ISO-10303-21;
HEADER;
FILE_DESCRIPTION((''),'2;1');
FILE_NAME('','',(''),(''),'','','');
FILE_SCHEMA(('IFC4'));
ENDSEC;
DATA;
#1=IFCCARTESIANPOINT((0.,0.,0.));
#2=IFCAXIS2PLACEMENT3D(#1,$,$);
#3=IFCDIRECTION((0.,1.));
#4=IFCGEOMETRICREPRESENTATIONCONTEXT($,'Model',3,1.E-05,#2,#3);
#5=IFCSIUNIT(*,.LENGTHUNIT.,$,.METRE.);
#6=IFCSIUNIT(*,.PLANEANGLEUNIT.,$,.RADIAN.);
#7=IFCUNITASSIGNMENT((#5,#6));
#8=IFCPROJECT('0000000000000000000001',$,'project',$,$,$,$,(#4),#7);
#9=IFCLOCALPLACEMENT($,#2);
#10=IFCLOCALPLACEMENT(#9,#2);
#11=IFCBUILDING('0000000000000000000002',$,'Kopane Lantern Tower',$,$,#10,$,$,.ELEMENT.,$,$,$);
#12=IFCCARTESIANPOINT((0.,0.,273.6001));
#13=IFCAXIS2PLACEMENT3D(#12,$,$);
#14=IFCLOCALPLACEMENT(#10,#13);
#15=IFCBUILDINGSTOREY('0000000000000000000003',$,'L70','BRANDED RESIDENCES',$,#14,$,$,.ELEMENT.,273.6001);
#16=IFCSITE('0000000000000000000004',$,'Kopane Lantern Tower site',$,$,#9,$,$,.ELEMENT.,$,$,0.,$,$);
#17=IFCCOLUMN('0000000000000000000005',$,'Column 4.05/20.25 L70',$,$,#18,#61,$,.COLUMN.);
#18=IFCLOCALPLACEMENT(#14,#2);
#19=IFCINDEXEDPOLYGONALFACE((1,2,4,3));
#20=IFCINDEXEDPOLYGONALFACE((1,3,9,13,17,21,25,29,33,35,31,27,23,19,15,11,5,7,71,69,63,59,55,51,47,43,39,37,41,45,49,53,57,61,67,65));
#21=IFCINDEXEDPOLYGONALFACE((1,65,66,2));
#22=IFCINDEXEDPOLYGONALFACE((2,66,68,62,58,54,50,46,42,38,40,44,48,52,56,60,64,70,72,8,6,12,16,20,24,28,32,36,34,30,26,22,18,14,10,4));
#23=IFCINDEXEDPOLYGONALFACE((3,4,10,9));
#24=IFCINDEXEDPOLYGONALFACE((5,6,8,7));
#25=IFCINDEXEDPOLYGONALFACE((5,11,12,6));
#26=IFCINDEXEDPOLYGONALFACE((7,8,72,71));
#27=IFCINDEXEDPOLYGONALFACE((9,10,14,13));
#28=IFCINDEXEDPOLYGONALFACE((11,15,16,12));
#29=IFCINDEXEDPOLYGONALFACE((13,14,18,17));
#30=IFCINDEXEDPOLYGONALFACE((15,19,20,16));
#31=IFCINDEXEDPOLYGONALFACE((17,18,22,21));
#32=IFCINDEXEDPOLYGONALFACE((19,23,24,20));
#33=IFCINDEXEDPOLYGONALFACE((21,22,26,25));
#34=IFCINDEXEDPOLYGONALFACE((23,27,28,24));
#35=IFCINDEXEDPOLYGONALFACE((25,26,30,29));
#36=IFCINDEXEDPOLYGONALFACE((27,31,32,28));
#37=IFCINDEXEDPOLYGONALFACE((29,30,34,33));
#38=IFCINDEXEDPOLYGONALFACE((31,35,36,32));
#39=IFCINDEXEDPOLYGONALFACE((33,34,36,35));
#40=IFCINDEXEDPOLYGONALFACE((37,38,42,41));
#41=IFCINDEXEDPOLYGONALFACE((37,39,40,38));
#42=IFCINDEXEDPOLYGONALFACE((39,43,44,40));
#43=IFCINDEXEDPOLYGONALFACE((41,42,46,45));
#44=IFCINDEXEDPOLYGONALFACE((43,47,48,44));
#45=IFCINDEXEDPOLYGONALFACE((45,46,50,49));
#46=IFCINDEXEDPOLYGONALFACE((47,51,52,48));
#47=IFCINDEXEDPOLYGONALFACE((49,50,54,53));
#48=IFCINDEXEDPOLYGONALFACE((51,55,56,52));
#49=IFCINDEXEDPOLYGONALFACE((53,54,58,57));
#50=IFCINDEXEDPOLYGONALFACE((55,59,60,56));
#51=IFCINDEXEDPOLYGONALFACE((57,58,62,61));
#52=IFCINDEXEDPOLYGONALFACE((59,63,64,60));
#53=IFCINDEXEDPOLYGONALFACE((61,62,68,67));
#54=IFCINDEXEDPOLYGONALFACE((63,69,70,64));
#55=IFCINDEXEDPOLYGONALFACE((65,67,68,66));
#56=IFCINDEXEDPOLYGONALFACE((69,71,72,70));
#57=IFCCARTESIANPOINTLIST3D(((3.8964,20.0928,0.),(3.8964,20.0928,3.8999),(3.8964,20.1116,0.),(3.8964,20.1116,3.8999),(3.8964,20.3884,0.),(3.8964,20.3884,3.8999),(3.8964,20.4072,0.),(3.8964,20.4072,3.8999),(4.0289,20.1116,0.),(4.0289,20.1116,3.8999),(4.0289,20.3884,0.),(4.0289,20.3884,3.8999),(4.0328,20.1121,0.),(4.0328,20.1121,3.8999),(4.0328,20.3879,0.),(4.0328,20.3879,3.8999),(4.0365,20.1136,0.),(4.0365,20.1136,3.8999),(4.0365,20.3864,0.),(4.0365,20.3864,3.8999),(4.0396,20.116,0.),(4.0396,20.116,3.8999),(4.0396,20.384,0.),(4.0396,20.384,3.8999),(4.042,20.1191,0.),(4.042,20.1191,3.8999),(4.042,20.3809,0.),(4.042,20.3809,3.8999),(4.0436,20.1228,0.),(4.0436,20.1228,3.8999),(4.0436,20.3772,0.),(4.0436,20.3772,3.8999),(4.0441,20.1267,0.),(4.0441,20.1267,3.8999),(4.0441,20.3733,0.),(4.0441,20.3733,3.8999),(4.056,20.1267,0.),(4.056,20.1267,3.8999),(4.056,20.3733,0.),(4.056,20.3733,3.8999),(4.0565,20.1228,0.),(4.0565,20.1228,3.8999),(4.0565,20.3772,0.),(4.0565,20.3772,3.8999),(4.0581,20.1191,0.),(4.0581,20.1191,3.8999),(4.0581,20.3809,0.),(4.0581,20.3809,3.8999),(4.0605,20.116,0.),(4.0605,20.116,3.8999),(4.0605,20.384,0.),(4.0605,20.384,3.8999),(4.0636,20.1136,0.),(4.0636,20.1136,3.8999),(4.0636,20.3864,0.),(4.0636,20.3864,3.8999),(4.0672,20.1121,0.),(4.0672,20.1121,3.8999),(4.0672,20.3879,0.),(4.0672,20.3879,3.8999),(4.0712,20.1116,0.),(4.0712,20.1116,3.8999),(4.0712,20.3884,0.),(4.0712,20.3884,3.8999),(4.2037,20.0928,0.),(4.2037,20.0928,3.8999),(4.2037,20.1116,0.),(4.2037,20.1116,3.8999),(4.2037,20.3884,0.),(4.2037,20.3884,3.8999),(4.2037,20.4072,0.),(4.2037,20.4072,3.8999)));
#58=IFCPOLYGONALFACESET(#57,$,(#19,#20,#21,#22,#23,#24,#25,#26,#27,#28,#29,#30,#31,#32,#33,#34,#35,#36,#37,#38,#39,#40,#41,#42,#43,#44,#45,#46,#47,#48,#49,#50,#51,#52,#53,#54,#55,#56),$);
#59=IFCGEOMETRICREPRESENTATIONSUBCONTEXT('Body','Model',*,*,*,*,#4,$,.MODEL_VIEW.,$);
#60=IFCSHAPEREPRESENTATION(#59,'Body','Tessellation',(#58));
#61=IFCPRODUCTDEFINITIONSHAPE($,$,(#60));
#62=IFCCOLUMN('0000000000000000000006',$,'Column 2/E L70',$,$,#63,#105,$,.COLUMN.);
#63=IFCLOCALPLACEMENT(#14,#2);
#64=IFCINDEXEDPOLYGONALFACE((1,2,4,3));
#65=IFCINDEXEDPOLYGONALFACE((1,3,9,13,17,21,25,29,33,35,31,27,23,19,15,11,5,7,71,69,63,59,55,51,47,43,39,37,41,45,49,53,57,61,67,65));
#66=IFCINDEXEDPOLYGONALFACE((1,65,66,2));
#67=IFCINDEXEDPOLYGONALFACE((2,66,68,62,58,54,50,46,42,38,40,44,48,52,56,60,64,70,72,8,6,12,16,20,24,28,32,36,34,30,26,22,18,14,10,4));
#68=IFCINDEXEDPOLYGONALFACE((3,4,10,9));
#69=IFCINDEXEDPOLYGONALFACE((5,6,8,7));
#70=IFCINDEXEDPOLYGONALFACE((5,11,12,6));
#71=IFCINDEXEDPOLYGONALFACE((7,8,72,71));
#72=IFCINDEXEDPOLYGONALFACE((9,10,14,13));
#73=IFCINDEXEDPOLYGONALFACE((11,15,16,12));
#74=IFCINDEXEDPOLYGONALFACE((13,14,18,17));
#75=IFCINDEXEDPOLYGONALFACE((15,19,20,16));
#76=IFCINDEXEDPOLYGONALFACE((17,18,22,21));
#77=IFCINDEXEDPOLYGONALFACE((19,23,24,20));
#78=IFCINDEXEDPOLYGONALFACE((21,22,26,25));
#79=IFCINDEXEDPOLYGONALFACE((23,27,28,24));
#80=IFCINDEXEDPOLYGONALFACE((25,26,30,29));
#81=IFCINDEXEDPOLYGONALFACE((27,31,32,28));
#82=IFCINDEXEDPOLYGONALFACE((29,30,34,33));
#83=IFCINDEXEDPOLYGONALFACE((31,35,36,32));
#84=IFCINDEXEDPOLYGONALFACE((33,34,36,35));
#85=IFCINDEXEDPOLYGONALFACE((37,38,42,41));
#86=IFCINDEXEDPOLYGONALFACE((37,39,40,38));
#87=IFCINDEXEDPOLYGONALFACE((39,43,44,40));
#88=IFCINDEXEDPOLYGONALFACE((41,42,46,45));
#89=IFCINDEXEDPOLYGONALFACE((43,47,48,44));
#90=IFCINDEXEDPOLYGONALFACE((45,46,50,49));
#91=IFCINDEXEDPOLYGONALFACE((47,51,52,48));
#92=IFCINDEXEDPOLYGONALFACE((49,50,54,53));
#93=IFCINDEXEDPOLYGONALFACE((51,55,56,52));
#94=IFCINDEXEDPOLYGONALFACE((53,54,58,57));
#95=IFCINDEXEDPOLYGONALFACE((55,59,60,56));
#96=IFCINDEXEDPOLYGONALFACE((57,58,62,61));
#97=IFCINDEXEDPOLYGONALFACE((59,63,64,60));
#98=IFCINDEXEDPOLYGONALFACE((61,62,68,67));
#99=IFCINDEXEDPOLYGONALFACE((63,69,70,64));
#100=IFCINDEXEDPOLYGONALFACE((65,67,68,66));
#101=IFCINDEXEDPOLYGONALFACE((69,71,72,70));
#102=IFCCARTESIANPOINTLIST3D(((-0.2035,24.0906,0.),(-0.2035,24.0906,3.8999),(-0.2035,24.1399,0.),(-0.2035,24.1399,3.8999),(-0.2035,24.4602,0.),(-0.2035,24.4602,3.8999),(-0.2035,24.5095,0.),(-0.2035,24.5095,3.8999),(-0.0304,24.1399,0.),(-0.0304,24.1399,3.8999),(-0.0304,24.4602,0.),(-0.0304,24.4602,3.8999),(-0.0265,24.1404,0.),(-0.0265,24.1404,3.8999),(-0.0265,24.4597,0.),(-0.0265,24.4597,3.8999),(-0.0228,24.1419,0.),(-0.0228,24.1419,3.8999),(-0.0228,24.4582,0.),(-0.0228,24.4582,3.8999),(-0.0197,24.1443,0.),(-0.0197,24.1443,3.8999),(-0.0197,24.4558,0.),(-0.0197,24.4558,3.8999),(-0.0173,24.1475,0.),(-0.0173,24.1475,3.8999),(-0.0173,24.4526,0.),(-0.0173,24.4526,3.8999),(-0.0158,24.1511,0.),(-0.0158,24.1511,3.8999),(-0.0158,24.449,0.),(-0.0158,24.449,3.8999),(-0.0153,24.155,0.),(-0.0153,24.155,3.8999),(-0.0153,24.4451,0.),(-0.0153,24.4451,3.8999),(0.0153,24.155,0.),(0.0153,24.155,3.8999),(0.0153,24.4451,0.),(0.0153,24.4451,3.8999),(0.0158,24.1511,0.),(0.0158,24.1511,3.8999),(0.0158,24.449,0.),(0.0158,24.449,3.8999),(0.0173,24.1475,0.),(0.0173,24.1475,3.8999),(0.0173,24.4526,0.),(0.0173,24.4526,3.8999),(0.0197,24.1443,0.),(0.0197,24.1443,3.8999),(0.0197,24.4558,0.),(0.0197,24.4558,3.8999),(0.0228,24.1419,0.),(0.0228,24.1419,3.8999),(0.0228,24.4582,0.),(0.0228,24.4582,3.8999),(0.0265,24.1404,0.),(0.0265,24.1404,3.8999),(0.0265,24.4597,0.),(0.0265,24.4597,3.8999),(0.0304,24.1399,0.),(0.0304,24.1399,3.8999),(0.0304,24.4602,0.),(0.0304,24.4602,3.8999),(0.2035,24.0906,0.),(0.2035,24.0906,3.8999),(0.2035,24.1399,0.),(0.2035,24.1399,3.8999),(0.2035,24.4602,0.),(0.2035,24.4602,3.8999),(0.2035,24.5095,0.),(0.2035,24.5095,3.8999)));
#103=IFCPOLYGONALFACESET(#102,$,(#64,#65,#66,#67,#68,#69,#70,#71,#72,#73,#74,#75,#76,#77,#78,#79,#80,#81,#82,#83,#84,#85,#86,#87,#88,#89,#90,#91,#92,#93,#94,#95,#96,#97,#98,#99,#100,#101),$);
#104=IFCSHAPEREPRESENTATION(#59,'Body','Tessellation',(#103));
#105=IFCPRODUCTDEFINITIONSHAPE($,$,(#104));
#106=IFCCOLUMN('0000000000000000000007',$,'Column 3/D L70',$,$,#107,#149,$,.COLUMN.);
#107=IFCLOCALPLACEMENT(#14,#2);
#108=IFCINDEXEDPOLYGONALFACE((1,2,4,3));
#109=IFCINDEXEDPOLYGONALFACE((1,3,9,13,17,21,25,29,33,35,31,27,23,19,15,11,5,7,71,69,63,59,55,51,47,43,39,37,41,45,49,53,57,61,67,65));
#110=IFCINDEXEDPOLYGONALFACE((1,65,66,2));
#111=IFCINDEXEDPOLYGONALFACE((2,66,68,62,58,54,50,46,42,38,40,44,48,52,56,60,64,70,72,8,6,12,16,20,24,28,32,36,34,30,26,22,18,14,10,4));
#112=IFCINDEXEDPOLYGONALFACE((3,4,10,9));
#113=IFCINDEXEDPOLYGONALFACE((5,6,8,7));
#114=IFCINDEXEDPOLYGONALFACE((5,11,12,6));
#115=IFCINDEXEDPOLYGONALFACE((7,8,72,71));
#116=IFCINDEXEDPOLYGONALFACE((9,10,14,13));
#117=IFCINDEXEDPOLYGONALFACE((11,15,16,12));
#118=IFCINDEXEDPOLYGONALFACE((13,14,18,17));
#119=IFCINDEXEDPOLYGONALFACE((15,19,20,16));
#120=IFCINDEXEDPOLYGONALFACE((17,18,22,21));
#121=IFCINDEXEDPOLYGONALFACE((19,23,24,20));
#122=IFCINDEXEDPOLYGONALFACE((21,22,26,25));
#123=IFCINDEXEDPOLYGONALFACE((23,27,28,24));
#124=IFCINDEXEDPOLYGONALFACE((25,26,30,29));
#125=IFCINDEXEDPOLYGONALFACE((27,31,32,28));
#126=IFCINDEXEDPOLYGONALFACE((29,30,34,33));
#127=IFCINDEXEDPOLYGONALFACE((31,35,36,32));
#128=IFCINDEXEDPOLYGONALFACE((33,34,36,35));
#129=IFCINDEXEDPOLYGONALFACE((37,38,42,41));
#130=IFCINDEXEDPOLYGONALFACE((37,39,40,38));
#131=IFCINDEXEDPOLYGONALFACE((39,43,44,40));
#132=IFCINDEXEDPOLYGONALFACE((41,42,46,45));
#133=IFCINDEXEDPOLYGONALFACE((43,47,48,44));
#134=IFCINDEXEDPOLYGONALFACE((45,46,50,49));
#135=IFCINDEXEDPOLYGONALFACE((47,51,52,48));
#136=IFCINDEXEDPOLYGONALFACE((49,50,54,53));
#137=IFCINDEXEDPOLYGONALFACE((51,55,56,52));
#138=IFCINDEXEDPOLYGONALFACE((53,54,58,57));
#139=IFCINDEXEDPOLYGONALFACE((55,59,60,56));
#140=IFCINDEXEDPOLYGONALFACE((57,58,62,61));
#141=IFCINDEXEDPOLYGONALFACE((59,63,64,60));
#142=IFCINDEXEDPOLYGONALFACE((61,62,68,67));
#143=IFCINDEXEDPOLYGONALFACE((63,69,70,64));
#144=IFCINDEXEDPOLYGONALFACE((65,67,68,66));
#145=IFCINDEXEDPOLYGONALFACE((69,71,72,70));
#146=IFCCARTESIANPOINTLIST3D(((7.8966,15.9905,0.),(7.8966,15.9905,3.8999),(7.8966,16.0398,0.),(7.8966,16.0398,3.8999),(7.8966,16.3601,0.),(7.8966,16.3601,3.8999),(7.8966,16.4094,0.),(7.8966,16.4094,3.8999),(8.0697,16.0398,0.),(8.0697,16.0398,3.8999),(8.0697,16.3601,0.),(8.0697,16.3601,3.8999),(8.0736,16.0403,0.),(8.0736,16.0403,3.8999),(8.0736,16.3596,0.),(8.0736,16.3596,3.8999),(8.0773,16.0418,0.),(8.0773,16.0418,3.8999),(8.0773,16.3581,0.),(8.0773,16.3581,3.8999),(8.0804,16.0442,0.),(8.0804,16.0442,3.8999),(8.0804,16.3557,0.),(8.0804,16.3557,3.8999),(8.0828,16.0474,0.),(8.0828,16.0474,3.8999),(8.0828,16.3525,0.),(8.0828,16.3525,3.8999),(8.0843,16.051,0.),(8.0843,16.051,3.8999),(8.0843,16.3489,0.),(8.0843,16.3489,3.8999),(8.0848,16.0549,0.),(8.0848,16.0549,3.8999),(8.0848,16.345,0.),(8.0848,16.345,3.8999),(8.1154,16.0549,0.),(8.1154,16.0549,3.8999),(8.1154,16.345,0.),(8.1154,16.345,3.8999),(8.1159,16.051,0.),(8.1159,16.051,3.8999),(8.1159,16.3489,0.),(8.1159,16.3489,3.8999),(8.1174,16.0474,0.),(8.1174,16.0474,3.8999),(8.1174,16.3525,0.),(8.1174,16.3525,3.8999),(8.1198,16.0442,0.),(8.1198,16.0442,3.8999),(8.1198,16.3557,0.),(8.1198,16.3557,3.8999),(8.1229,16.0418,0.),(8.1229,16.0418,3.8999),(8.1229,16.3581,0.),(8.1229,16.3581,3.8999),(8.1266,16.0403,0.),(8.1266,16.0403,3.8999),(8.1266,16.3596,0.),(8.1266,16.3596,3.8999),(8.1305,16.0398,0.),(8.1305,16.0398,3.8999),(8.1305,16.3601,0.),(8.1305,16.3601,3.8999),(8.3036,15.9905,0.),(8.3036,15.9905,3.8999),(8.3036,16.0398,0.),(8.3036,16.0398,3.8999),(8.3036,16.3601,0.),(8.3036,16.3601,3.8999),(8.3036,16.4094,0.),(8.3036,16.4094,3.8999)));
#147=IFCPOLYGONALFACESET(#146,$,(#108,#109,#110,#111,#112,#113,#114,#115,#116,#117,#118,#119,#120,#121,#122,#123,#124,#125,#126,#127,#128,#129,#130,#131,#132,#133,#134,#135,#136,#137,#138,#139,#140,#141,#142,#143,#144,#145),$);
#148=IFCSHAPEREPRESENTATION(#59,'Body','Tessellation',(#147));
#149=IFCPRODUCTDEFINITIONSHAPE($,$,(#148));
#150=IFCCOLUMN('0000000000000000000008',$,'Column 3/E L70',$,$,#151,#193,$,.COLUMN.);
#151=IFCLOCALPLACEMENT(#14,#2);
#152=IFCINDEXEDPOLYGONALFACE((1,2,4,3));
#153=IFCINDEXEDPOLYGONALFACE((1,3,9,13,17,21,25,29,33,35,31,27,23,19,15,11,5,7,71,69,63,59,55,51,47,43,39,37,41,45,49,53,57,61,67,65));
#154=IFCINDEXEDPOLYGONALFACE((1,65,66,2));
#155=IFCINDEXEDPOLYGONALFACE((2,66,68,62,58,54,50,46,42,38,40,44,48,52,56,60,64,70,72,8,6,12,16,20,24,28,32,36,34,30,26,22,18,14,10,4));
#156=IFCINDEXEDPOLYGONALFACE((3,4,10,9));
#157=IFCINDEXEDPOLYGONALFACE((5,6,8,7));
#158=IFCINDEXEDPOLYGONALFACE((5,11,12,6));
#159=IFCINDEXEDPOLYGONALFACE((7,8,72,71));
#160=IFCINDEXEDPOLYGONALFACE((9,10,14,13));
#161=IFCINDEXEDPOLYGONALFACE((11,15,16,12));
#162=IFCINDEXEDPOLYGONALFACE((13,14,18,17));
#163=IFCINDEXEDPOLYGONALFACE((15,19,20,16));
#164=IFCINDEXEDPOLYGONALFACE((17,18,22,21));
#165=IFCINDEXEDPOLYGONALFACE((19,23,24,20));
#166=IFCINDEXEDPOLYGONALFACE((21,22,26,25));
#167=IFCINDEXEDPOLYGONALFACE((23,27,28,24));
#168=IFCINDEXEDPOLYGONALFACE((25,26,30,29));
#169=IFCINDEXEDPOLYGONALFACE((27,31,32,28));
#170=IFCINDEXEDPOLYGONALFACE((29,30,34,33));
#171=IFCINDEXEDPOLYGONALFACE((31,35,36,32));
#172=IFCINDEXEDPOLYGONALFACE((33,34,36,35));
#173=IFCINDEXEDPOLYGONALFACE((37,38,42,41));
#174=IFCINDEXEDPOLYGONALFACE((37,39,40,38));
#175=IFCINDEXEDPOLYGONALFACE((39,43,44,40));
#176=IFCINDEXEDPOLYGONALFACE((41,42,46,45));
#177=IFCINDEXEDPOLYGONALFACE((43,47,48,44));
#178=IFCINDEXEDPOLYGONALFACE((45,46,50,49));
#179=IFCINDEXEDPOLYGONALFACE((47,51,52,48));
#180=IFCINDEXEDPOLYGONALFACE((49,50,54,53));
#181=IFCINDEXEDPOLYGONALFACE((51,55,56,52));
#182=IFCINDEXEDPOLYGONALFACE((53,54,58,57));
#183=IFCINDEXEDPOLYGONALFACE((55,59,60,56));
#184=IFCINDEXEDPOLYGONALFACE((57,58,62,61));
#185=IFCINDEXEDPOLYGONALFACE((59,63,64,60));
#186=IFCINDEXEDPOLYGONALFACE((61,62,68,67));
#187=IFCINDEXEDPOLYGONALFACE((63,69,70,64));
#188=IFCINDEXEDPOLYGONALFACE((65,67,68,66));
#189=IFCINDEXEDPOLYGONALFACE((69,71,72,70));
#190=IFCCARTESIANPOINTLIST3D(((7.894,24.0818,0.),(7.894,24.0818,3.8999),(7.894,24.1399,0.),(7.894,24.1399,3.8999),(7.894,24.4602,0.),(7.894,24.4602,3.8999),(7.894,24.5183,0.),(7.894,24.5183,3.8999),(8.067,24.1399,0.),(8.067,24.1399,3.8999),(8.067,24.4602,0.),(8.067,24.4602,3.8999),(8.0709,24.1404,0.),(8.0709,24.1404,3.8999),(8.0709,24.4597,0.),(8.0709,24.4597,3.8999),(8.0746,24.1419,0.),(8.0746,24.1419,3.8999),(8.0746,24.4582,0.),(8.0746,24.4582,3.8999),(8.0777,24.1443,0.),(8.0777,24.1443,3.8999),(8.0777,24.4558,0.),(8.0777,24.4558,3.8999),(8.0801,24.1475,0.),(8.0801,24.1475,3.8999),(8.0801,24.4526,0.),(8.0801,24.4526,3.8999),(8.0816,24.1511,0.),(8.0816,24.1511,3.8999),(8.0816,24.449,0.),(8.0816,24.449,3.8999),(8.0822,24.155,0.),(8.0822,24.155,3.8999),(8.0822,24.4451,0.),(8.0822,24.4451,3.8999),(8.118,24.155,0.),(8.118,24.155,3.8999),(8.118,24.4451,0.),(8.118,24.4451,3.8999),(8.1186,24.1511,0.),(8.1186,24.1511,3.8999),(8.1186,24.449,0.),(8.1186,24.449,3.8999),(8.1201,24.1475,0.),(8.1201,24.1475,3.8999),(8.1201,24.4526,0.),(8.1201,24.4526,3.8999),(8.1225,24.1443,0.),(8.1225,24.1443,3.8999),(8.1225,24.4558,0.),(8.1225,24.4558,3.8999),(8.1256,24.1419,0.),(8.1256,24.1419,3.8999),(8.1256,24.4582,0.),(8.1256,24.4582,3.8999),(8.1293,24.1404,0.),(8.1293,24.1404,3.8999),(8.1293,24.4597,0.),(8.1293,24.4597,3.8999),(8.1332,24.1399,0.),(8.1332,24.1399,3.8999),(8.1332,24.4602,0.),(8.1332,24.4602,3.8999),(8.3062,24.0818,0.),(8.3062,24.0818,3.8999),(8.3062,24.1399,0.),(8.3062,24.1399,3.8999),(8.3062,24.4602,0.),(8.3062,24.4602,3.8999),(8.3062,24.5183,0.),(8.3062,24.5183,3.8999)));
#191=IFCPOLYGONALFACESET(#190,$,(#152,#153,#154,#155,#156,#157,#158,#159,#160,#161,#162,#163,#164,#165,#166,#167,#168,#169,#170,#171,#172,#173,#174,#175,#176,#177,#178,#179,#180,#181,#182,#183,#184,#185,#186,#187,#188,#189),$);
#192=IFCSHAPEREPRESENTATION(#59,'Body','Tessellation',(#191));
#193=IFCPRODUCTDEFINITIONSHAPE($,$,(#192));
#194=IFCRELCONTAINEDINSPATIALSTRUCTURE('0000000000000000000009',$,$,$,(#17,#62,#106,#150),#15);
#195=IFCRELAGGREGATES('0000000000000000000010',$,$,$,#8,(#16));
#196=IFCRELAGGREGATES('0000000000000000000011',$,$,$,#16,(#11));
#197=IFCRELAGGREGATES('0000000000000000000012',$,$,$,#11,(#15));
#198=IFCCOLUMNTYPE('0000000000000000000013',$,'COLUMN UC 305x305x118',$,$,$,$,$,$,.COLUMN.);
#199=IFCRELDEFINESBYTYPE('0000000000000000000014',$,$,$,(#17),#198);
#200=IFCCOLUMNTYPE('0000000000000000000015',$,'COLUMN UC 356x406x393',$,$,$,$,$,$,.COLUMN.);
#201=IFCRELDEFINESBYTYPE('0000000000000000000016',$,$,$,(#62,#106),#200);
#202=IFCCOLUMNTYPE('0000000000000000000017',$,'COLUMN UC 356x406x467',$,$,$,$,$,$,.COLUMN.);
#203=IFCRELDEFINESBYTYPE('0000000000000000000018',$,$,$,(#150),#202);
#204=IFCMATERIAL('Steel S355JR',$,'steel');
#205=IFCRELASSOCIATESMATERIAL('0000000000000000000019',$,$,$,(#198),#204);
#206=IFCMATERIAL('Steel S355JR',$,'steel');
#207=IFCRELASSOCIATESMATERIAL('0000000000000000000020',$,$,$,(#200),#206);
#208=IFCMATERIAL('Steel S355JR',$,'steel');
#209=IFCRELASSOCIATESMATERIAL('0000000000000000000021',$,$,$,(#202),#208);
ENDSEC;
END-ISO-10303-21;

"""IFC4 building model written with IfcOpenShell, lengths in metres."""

from ifc_helpers import new_model, si_unit, direction, frame, origin, origin_2d, place, context, subcontext, project, spatial, i_section, extrude, material, material_profile, profile_set, type_object, element, save


model = new_model("IFC4")

# Units and contexts
model_context = context("Model", 3, precision=1e-05, world=origin(), true_north=direction((0.0, 1.0)))
body_context = subcontext(model_context, "Body", "Model", "MODEL_VIEW")
ifc_project = project(units=[si_unit("LENGTHUNIT", "METRE"), si_unit("PLANEANGLEUNIT", "RADIAN")], contexts=[model_context])

# Site, building, storey
site_placement = place(None, origin())
site = spatial("IfcSite", under=ifc_project, at=site_placement, Name="Kopane Lantern Tower site", CompositionType="ELEMENT", RefElevation=0.0)
building_placement = place(site_placement, origin())
building = spatial("IfcBuilding", under=site, at=building_placement, Name="Kopane Lantern Tower", CompositionType="ELEMENT")
storey_placement = place(building_placement, frame((0.0, 0.0, 273.6001)))
storey = spatial("IfcBuildingStorey", under=building, at=storey_placement, Name="L70", Description="BRANDED RESIDENCES", CompositionType="ELEMENT", Elevation=273.6001)

# Columns
ifc_material_1 = material(Name="Steel S355JR", Category="steel")
ifc_material_profile_1 = material_profile(ifc_material_1, i_section(OverallWidth=0.3074, OverallDepth=0.3145, WebThickness=0.012, FlangeThickness=0.0188, FilletRadius=0.0151, at=origin_2d()), Name="UC 305x305x118")
ifc_profile_set_1 = profile_set([ifc_material_profile_1], Name="Steel S355JR")
column_type_1 = type_object("IfcColumnType", Name="COLUMN UC 305x305x118", PredefinedType="COLUMN", material=ifc_profile_set_1)
column_1_placement = place(storey_placement, frame((4.05, 20.25, 0.0), z_axis=(0.0, 0.0, 1.0), x_axis=(1.0, 0.0, 0.0)))
element("IfcColumn", 1, at=column_1_placement, inside=storey, type_object=column_type_1, Name="Column 4.05/20.25 L70", PredefinedType="COLUMN", context=body_context, shape_type="SweptSolid", body=[
    extrude(i_section(OverallWidth=0.3074, OverallDepth=0.3145, WebThickness=0.012, FlangeThickness=0.0188, FilletRadius=0.0151, at=origin_2d()), origin(), (0.0, 0.0, 1.0), 3.8999),
])
ifc_material_2 = material(Name="Steel S355JR", Category="steel")
ifc_material_profile_2 = material_profile(ifc_material_2, i_section(OverallWidth=0.407, OverallDepth=0.4189, WebThickness=0.0305, FlangeThickness=0.0493, FilletRadius=0.0151, at=origin_2d()), Name="UC 356x406x393")
ifc_profile_set_2 = profile_set([ifc_material_profile_2], Name="Steel S355JR")
column_type_2 = type_object("IfcColumnType", Name="COLUMN UC 356x406x393", PredefinedType="COLUMN", material=ifc_profile_set_2)
for number, where, z_axis, x_axis, name in (
    (2, (0.0, 24.3, 0.0), (0.0, 0.0, 1.0), (1.0, 0.0, 0.0), "Column 2/E L70"),
    (3, (8.1001, 16.2, 0.0), (0.0, 0.0, 1.0), (1.0, 0.0, 0.0), "Column 3/D L70"),
):
    element("IfcColumn", number, at=place(storey_placement, frame(where, z_axis=z_axis, x_axis=x_axis)), inside=storey, type_object=column_type_2, Name=name, PredefinedType="COLUMN", context=body_context, shape_type="SweptSolid", body=[
        extrude(i_section(OverallWidth=0.407, OverallDepth=0.4189, WebThickness=0.0305, FlangeThickness=0.0493, FilletRadius=0.0151, at=origin_2d()), origin(), (0.0, 0.0, 1.0), 3.8999),
    ])
ifc_material_3 = material(Name="Steel S355JR", Category="steel")
ifc_material_profile_3 = material_profile(ifc_material_3, i_section(OverallWidth=0.4121, OverallDepth=0.4365, WebThickness=0.0359, FlangeThickness=0.0581, FilletRadius=0.0151, at=origin_2d()), Name="UC 356x406x467")
ifc_profile_set_3 = profile_set([ifc_material_profile_3], Name="Steel S355JR")
column_type_3 = type_object("IfcColumnType", Name="COLUMN UC 356x406x467", PredefinedType="COLUMN", material=ifc_profile_set_3)
column_2_placement = place(storey_placement, frame((8.1001, 24.3, 0.0), z_axis=(0.0, 0.0, 1.0), x_axis=(1.0, 0.0, 0.0)))
element("IfcColumn", 4, at=column_2_placement, inside=storey, type_object=column_type_3, Name="Column 3/E L70", PredefinedType="COLUMN", context=body_context, shape_type="SweptSolid", body=[
    extrude(i_section(OverallWidth=0.4121, OverallDepth=0.4365, WebThickness=0.0359, FlangeThickness=0.0581, FilletRadius=0.0151, at=origin_2d()), origin(), (0.0, 0.0, 1.0), 3.8999),
])

save(model, "model.ifc")
